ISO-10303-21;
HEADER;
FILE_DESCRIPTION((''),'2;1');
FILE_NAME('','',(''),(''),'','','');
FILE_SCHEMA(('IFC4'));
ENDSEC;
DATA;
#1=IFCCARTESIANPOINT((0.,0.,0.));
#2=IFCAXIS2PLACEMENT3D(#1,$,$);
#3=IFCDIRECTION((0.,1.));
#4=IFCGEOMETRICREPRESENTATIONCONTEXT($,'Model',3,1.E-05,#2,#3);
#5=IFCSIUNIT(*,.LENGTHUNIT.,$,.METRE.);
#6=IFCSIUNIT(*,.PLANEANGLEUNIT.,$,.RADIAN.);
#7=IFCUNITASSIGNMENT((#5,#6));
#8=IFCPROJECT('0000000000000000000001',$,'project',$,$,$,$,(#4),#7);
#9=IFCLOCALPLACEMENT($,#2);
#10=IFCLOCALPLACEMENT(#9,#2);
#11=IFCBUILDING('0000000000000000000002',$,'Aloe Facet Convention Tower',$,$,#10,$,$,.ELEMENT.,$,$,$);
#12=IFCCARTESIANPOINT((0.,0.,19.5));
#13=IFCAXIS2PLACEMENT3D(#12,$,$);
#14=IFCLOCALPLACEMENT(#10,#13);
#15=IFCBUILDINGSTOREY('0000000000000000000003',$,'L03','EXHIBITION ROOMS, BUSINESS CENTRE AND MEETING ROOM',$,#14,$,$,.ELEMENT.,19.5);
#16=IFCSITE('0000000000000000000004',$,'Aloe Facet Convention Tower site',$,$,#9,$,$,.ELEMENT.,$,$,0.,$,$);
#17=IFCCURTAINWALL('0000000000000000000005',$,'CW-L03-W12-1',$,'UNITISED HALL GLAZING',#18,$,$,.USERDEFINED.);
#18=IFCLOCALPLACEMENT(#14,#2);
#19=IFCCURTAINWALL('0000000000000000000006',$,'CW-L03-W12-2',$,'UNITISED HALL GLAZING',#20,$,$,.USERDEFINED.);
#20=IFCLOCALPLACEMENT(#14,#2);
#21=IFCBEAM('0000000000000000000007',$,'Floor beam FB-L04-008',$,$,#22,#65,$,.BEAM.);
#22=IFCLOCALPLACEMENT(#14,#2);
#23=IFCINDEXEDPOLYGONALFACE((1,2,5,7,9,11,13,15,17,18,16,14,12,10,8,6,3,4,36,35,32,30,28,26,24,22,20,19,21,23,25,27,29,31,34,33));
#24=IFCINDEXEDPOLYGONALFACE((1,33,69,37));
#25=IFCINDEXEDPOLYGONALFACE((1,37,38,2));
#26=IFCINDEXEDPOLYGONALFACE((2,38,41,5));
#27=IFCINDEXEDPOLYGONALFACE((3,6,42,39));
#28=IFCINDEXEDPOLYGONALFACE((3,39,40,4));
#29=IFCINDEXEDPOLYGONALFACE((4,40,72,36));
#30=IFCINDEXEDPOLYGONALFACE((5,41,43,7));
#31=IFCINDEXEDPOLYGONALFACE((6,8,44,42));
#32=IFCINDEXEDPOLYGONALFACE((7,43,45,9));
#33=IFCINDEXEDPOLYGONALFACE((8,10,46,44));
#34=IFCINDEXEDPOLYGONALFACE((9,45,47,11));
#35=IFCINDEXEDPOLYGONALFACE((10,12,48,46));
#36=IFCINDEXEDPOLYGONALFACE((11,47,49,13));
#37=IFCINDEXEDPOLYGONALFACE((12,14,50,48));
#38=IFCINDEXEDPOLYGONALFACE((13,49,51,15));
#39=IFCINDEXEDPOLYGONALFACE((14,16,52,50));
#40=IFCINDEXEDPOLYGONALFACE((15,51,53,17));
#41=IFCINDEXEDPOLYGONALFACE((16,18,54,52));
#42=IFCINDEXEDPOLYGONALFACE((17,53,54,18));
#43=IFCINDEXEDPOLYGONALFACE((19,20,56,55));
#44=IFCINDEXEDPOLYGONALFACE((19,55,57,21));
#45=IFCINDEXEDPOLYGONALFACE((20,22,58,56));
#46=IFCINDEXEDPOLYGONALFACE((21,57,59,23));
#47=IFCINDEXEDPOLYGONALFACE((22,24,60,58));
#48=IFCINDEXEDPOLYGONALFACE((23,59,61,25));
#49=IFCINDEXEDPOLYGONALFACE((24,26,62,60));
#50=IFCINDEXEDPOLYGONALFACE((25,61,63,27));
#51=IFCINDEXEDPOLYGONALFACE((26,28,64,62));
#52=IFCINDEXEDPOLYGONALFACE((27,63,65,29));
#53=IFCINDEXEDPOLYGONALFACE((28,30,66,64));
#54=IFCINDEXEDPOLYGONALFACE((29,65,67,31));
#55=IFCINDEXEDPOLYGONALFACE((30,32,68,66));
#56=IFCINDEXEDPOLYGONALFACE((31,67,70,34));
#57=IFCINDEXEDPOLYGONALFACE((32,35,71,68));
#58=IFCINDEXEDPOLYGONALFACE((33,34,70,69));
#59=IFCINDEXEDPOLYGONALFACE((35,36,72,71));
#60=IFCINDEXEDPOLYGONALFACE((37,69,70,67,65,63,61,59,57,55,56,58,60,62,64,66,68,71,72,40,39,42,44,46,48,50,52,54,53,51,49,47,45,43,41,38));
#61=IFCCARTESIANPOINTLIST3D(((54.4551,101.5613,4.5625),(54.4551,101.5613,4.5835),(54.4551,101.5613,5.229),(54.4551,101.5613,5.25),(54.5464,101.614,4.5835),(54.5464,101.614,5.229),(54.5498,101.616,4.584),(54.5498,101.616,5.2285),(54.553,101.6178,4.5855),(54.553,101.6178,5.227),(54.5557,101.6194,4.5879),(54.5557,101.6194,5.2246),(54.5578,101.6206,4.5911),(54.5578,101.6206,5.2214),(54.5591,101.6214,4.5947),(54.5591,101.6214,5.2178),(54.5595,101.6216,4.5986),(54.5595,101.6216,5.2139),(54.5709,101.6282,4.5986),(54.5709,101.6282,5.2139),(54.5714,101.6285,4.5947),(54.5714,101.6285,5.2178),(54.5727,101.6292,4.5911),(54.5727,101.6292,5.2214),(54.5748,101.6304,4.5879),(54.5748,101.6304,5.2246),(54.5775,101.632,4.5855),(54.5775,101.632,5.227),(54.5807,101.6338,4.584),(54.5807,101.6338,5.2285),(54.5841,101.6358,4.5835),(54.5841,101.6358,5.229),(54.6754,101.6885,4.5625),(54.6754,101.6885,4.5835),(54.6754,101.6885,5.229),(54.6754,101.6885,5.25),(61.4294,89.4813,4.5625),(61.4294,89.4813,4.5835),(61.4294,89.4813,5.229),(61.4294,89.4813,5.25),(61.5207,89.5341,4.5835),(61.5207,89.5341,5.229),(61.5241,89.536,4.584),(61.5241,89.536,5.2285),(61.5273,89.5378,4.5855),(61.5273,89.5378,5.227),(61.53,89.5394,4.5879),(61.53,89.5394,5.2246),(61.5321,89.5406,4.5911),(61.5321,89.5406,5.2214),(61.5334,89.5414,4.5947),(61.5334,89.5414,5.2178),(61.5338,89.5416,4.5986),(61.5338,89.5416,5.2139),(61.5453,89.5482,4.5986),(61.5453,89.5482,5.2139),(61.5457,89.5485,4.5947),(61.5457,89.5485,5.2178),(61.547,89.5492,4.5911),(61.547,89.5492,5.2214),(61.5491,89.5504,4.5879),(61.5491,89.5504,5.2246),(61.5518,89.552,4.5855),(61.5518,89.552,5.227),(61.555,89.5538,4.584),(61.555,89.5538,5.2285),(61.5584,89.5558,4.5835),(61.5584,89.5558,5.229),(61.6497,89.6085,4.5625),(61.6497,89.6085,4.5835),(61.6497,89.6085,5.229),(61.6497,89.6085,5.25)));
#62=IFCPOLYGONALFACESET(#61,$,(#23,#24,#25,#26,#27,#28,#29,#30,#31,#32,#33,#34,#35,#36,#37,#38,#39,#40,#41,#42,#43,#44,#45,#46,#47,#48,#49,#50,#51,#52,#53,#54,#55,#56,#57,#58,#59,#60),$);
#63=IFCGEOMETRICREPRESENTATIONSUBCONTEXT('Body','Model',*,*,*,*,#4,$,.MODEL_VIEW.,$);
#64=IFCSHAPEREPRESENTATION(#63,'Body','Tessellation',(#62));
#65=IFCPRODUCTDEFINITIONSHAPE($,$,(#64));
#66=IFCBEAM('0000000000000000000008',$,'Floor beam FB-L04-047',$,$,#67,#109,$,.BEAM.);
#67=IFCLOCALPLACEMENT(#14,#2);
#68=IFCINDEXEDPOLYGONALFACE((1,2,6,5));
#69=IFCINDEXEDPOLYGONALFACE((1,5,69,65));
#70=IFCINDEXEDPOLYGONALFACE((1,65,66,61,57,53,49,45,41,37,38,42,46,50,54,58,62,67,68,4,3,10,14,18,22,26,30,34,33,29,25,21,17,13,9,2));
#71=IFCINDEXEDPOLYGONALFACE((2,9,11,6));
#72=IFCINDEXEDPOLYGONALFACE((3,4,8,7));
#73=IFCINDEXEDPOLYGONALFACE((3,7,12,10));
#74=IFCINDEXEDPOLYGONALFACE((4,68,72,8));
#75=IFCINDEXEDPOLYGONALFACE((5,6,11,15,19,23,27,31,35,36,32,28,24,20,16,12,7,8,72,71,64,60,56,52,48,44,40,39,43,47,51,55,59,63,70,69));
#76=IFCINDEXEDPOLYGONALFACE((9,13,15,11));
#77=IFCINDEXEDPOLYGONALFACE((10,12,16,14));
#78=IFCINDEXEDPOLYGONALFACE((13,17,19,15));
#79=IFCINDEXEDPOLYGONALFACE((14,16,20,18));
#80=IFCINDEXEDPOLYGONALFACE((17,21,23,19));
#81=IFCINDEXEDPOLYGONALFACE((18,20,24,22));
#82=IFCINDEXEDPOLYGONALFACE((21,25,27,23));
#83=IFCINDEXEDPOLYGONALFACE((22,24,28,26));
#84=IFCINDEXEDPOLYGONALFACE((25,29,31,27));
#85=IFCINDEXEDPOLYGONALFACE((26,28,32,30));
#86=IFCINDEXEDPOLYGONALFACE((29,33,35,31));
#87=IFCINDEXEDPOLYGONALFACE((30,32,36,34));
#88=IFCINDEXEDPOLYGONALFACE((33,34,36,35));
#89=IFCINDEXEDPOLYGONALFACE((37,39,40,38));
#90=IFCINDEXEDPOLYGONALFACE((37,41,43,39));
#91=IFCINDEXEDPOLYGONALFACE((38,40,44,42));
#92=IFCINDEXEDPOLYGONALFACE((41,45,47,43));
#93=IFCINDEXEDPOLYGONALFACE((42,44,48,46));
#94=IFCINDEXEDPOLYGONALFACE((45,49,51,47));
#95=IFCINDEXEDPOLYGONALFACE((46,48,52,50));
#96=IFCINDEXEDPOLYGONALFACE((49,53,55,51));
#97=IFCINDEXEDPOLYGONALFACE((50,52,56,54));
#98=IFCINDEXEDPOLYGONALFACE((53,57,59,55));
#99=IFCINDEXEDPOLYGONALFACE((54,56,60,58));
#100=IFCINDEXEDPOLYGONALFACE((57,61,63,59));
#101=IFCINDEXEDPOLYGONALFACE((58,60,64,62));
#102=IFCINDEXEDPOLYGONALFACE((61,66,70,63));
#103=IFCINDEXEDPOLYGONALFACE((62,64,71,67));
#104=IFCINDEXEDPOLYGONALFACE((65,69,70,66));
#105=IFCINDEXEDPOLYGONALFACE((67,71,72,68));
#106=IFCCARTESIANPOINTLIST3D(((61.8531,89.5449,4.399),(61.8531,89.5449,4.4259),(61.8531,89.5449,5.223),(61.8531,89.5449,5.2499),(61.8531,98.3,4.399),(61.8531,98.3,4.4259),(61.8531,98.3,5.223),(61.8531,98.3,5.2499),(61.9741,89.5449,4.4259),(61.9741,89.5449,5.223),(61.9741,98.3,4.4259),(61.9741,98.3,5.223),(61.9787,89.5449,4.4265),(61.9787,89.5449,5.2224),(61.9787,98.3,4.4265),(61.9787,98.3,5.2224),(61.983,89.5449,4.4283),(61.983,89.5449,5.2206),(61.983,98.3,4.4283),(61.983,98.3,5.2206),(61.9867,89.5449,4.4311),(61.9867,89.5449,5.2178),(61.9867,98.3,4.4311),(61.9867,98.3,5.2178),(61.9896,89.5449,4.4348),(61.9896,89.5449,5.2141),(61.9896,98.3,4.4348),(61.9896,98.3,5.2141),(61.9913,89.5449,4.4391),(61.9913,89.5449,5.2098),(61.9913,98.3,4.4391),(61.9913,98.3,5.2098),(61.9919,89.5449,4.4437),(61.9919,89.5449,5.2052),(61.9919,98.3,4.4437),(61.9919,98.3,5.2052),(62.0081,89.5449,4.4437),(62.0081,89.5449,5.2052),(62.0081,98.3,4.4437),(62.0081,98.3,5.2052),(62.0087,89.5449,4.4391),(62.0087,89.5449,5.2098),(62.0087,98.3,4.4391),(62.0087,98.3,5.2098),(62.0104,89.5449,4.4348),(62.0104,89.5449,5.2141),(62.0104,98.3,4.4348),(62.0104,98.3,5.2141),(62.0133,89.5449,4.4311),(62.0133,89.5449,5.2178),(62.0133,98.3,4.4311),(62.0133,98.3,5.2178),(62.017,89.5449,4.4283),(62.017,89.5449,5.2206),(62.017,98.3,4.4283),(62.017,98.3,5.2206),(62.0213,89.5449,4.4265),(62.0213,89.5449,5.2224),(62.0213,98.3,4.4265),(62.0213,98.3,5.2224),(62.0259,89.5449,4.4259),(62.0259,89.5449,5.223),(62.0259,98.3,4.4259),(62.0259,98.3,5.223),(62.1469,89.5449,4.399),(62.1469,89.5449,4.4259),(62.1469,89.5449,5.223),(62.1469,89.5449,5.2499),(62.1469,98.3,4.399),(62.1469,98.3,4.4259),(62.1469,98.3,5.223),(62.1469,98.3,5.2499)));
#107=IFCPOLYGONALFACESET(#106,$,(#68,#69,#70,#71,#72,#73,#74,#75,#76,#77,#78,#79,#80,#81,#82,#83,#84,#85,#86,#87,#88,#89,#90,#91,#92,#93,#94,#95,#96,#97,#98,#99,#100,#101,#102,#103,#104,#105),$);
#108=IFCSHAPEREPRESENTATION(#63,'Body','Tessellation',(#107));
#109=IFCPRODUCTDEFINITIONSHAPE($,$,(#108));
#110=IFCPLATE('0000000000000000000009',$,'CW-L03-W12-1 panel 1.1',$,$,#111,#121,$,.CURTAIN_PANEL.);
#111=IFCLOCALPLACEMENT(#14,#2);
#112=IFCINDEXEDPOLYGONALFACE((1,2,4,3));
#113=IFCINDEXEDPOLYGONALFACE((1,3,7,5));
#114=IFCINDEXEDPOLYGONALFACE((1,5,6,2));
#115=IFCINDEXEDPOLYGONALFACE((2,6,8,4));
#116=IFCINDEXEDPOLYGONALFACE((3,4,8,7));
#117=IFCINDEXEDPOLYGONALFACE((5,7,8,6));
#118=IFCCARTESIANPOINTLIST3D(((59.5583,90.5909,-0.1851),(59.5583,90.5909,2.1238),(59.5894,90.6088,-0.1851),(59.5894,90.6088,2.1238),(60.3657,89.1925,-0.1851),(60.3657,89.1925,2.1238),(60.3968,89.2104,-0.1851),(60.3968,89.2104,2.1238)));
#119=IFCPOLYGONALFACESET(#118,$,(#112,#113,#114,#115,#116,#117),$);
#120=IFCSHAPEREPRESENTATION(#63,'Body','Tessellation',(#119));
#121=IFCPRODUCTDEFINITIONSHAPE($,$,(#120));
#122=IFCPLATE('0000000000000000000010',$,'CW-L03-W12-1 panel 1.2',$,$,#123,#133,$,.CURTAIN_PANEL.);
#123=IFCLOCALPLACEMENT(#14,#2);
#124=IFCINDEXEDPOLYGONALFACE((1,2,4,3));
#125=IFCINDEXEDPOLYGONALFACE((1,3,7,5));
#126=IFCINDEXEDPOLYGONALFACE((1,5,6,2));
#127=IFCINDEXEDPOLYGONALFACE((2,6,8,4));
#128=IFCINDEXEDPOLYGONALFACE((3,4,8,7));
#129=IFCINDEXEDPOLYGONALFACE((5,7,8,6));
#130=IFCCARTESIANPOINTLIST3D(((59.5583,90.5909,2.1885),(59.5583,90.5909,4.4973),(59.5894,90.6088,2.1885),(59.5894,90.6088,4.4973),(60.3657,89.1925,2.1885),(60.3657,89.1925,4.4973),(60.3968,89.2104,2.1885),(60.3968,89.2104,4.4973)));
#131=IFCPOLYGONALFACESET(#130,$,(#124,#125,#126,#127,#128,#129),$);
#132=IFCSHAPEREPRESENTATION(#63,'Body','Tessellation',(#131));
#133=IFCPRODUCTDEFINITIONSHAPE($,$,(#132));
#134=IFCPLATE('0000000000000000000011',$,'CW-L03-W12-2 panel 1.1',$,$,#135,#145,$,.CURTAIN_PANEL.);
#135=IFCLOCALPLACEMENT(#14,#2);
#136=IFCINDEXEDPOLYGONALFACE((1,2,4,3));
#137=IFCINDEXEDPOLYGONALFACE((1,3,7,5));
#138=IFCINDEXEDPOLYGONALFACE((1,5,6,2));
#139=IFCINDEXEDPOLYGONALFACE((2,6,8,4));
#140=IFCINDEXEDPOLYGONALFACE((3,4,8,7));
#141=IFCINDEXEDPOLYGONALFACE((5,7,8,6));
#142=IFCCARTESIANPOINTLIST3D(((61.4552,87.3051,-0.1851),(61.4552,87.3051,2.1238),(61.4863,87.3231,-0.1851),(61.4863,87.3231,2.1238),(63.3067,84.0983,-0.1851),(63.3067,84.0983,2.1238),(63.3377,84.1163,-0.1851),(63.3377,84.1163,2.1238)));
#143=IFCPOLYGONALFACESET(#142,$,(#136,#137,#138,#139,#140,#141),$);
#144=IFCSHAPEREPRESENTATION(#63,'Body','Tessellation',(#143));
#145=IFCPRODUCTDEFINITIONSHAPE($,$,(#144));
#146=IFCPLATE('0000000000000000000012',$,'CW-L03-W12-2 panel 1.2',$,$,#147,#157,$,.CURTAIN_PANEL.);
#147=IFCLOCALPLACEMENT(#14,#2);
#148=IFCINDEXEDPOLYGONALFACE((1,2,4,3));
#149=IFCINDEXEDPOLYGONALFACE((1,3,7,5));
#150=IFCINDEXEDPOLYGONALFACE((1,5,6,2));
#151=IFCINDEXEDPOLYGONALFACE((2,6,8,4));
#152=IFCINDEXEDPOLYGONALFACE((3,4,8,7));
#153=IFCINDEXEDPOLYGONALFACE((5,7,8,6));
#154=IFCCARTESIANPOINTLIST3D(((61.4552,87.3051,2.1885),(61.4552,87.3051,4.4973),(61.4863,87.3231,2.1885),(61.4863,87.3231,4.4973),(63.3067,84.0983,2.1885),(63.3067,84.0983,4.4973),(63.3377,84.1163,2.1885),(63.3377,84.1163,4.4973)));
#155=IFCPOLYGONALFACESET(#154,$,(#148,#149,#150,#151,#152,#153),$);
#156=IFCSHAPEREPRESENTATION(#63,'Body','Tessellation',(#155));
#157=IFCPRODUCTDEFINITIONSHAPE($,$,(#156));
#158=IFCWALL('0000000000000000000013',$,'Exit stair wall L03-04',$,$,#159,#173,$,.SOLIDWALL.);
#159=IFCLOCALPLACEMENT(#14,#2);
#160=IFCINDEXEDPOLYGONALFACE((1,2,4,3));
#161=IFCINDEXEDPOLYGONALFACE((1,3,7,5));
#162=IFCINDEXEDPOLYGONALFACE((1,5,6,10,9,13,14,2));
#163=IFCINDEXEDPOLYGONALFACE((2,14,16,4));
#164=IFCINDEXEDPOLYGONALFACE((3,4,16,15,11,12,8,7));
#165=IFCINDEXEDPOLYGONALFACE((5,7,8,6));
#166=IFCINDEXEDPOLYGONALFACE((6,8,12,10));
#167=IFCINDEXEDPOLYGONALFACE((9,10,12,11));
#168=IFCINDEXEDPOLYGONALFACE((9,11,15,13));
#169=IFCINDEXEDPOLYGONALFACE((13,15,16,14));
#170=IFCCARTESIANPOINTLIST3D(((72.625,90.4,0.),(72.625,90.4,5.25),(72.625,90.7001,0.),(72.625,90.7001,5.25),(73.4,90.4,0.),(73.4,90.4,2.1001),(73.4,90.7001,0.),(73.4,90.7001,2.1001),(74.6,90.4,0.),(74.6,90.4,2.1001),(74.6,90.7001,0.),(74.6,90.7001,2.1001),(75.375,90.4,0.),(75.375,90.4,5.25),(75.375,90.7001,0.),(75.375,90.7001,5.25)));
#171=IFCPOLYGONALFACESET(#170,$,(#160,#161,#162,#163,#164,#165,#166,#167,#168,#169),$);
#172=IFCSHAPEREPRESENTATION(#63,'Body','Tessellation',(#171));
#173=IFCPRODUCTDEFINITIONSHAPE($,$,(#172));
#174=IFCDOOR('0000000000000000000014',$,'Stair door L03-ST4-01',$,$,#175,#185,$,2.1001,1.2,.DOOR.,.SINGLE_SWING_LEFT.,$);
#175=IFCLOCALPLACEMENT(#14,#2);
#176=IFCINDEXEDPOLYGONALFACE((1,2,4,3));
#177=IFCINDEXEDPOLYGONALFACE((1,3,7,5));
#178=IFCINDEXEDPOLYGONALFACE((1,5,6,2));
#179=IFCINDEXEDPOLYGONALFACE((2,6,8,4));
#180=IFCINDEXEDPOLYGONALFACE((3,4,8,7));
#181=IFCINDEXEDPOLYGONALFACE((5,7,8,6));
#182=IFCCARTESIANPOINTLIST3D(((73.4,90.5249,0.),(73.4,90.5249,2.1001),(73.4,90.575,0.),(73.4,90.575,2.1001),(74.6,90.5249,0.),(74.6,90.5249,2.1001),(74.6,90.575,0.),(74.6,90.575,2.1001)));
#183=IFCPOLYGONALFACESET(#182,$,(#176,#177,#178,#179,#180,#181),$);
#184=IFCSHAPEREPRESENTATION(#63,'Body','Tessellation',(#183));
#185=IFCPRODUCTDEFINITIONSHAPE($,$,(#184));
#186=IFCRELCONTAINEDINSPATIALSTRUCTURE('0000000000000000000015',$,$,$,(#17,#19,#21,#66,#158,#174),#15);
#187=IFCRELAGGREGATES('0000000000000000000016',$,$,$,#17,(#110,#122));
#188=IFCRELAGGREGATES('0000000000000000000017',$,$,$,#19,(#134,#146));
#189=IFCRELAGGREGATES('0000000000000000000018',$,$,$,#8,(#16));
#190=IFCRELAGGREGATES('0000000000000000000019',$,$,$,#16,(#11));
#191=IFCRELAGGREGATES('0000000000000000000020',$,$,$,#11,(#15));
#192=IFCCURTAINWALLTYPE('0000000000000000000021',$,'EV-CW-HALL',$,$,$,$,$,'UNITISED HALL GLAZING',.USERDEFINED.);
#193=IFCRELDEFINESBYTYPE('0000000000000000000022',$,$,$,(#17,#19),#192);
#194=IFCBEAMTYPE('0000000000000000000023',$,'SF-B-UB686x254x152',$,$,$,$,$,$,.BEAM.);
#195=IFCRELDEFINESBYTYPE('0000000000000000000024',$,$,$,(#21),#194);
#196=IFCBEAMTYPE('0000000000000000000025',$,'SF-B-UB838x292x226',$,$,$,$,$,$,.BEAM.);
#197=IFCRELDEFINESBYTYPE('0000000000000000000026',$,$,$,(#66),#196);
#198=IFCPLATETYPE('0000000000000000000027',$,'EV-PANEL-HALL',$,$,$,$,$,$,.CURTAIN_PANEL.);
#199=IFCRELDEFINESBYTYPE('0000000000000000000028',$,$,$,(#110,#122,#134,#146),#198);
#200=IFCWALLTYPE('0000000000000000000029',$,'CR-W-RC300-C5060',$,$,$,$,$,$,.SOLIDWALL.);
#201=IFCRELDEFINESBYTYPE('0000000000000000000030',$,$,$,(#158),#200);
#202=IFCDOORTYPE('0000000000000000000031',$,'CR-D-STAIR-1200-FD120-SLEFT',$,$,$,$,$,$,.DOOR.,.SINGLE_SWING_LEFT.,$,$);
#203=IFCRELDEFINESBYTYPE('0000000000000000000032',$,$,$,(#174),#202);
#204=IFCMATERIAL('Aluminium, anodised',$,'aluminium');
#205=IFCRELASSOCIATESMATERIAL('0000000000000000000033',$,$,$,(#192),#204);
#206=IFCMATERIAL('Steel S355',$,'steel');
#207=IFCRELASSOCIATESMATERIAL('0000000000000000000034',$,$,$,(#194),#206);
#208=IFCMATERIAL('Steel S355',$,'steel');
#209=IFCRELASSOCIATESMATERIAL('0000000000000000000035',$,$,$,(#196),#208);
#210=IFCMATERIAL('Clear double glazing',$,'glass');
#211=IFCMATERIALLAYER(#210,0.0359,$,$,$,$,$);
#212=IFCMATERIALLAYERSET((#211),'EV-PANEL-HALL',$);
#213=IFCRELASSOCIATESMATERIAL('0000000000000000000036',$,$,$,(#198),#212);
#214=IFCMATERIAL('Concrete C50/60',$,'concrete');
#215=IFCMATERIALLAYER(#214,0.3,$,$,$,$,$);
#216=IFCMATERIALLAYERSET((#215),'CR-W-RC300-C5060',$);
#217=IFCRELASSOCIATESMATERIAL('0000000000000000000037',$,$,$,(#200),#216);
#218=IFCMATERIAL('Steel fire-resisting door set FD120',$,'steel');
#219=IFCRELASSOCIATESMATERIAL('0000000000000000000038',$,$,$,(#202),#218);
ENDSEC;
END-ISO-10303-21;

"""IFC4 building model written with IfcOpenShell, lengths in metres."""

from ifc_helpers import new_model, si_unit, direction, frame, frame_2d, origin, origin_2d, place, context, subcontext, project, spatial, rectangle, i_section, extrude, material, layer, layer_set, material_profile, profile_set, type_object, element, fill, aggregate, save


model = new_model("IFC4")

# Units and contexts
model_context = context("Model", 3, precision=1e-05, world=origin(), true_north=direction((0.0, 1.0)))
body_context = subcontext(model_context, "Body", "Model", "MODEL_VIEW")
ifc_project = project(units=[si_unit("LENGTHUNIT", "METRE"), si_unit("PLANEANGLEUNIT", "RADIAN")], contexts=[model_context])

# Site, building, storey
site_placement = place(None, origin())
site = spatial("IfcSite", under=ifc_project, at=site_placement, Name="Aloe Facet Convention Tower site", CompositionType="ELEMENT", RefElevation=0.0)
building_placement = place(site_placement, origin())
building = spatial("IfcBuilding", under=site, at=building_placement, Name="Aloe Facet Convention Tower", CompositionType="ELEMENT")
storey_placement = place(building_placement, frame((0.0, 0.0, 19.5)))
storey = spatial("IfcBuildingStorey", under=building, at=storey_placement, Name="L03", Description="EXHIBITION ROOMS, BUSINESS CENTRE AND MEETING ROOM", CompositionType="ELEMENT", Elevation=19.5)

# Shared definitions
ifc_material_1 = material(Name="Aluminium, anodised", Category="aluminium")
curtain_wall_type = type_object("IfcCurtainWallType", Name="EV-CW-HALL", ElementType="UNITISED HALL GLAZING", PredefinedType="USERDEFINED", material=ifc_material_1)

# Curtain wall
curtain_wall_1_placement = place(storey_placement, origin())
curtain_wall_1 = element("IfcCurtainWall", 1, at=curtain_wall_1_placement, inside=storey, type_object=curtain_wall_type, Name="CW-L03-W12-1", ObjectType="UNITISED HALL GLAZING", PredefinedType="USERDEFINED")

# Curtain wall
curtain_wall_2_placement = place(storey_placement, origin())
curtain_wall_2 = element("IfcCurtainWall", 2, at=curtain_wall_2_placement, inside=storey, type_object=curtain_wall_type, Name="CW-L03-W12-2", ObjectType="UNITISED HALL GLAZING", PredefinedType="USERDEFINED")

# Beams
ifc_material_2 = material(Name="Steel S355", Category="steel")
ifc_material_profile_1 = material_profile(ifc_material_2, i_section(OverallWidth=0.2544, OverallDepth=0.6875, WebThickness=0.0132, FlangeThickness=0.021, FilletRadius=0.0151, at=origin_2d()), Name="UB 686x254x152")
ifc_profile_set_1 = profile_set([ifc_material_profile_1], Name="Steel S355")
beam_type_1 = type_object("IfcBeamType", Name="SF-B-UB686x254x152", PredefinedType="BEAM", material=ifc_profile_set_1)
beam_1_placement = place(storey_placement, frame((61.5396, 89.5449, 4.9062), z_axis=(-0.499996, 0.866028, 0.0), x_axis=(-0.866028, -0.499996, 0.0)))
element("IfcBeam", 3, at=beam_1_placement, inside=storey, type_object=beam_type_1, Name="Floor beam FB-L04-008", PredefinedType="BEAM", context=body_context, shape_type="SweptSolid", body=[
    extrude(i_section(OverallWidth=0.2544, OverallDepth=0.6875, WebThickness=0.0132, FlangeThickness=0.021, FilletRadius=0.0151, at=origin_2d()), origin(), (0.0, 0.0, 1.0), 13.9487),
])
ifc_material_3 = material(Name="Steel S355", Category="steel")
ifc_material_profile_2 = material_profile(ifc_material_3, i_section(OverallWidth=0.2937, OverallDepth=0.8508, WebThickness=0.0161, FlangeThickness=0.0269, FilletRadius=0.0178, at=origin_2d()), Name="UB 838x292x226")
ifc_profile_set_2 = profile_set([ifc_material_profile_2], Name="Steel S355")
beam_type_2 = type_object("IfcBeamType", Name="SF-B-UB838x292x226", PredefinedType="BEAM", material=ifc_profile_set_2)
beam_2_placement = place(storey_placement, frame((62.0, 89.5449, 4.8245), z_axis=(0.0, 1.0, 0.0), x_axis=(-1.0, 0.0, 0.0)))
element("IfcBeam", 4, at=beam_2_placement, inside=storey, type_object=beam_type_2, Name="Floor beam FB-L04-047", PredefinedType="BEAM", context=body_context, shape_type="SweptSolid", body=[
    extrude(i_section(OverallWidth=0.2937, OverallDepth=0.8508, WebThickness=0.0161, FlangeThickness=0.0269, FilletRadius=0.0178, at=origin_2d()), origin(), (0.0, 0.0, 1.0), 8.7551),
])

# Plates
ifc_material_4 = material(Name="Clear double glazing", Category="glass")
ifc_layer_1 = layer(ifc_material_4, 0.0359)
ifc_layer_set_1 = layer_set([ifc_layer_1], Name="EV-PANEL-HALL")
plate_type = type_object("IfcPlateType", Name="EV-PANEL-HALL", PredefinedType="CURTAIN_PANEL", material=ifc_layer_set_1)
plate_1_placement = place(storey_placement, frame((59.9775, 89.9006, -0.1851), z_axis=(0.0, 0.0, 1.0), x_axis=(0.5, -0.866025, 0.0)))
plate_1 = element("IfcPlate", 5, at=plate_1_placement, type_object=plate_type, Name="CW-L03-W12-1 panel 1.1", PredefinedType="CURTAIN_PANEL", context=body_context, shape_type="SweptSolid", body=[
    extrude(rectangle(XDim=1.6147, YDim=0.0359, at=origin_2d()), origin(), (0.0, 0.0, 1.0), 2.3088),
])
plate_2_placement = place(storey_placement, frame((59.9775, 89.9006, 2.1885), z_axis=(0.0, 0.0, 1.0), x_axis=(0.5, -0.866025, 0.0)))
plate_2 = element("IfcPlate", 6, at=plate_2_placement, type_object=plate_type, Name="CW-L03-W12-1 panel 1.2", PredefinedType="CURTAIN_PANEL", context=body_context, shape_type="SweptSolid", body=[
    extrude(rectangle(XDim=1.6147, YDim=0.0359, at=origin_2d()), origin(), (0.0, 0.0, 1.0), 2.3088),
])
aggregate(curtain_wall_1, [plate_1, plate_2])
plate_3_placement = place(storey_placement, frame((62.3965, 85.7107, -0.1851), z_axis=(0.0, 0.0, 1.0), x_axis=(0.5, -0.866025, 0.0)))
plate_3 = element("IfcPlate", 7, at=plate_3_placement, type_object=plate_type, Name="CW-L03-W12-2 panel 1.1", PredefinedType="CURTAIN_PANEL", context=body_context, shape_type="SweptSolid", body=[
    extrude(rectangle(XDim=3.7029, YDim=0.0359, at=origin_2d()), origin(), (0.0, 0.0, 1.0), 2.3088),
])
plate_4_placement = place(storey_placement, frame((62.3965, 85.7107, 2.1885), z_axis=(0.0, 0.0, 1.0), x_axis=(0.5, -0.866025, 0.0)))
plate_4 = element("IfcPlate", 8, at=plate_4_placement, type_object=plate_type, Name="CW-L03-W12-2 panel 1.2", PredefinedType="CURTAIN_PANEL", context=body_context, shape_type="SweptSolid", body=[
    extrude(rectangle(XDim=3.7029, YDim=0.0359, at=origin_2d()), origin(), (0.0, 0.0, 1.0), 2.3088),
])
aggregate(curtain_wall_2, [plate_3, plate_4])

# Wall, opening, door
ifc_material_5 = material(Name="Concrete C50/60", Category="concrete")
ifc_layer_2 = layer(ifc_material_5, 0.3)
ifc_layer_set_2 = layer_set([ifc_layer_2], Name="CR-W-RC300-C5060")
wall_type_1 = type_object("IfcWallType", Name="CR-W-RC300-C5060", PredefinedType="SOLIDWALL", material=ifc_layer_set_2)
wall_1_placement = place(storey_placement, frame((72.625, 90.55, 0.0), z_axis=(0.0, 0.0, 1.0), x_axis=(1.0, 0.0, 0.0)))
wall_1 = element("IfcWall", 9, at=wall_1_placement, inside=storey, type_object=wall_type_1, Name="Exit stair wall L03-04", PredefinedType="SOLIDWALL", context=body_context, shape_type="SweptSolid", body=[
    extrude(rectangle(XDim=2.75, YDim=0.3, at=frame_2d((1.375, 0.0))), origin(), (0.0, 0.0, 1.0), 5.25),
])
opening_placement = place(wall_1_placement, frame((0.7749, 0.0, 0.0)))
opening = element("IfcOpeningElement", 10, at=opening_placement, cuts=wall_1, PredefinedType="OPENING", context=body_context, shape_type="SweptSolid", body=[
    extrude(rectangle(XDim=1.2, YDim=2.1001, at=frame_2d((0.6001, 1.05))), frame((0.0, 0.1602, 0.0), z_axis=(0.0, -1.0, 0.0), x_axis=(1.0, 0.0, 0.0)), (0.0, 0.0, 1.0), 0.3201),
])
ifc_material_6 = material(Name="Steel fire-resisting door set FD120", Category="steel")
door_type = type_object("IfcDoorType", Name="CR-D-STAIR-1200-FD120-SLEFT", OperationType="SINGLE_SWING_LEFT", PredefinedType="DOOR", material=ifc_material_6)
door_placement = place(opening_placement, origin())
door = element("IfcDoor", 11, at=door_placement, inside=storey, type_object=door_type, Name="Stair door L03-ST4-01", OperationType="SINGLE_SWING_LEFT", OverallHeight=2.1001, OverallWidth=1.2, PredefinedType="DOOR", context=body_context, shape_type="SweptSolid", body=[
    extrude(rectangle(XDim=1.2, YDim=2.1001, at=frame_2d((0.6001, 1.05))), frame((0.0, 0.0249, 0.0), z_axis=(0.0, -1.0, 0.0), x_axis=(1.0, 0.0, 0.0)), (0.0, 0.0, 1.0), 0.05),
])
fill(opening, door)

save(model, "model.ifc")
